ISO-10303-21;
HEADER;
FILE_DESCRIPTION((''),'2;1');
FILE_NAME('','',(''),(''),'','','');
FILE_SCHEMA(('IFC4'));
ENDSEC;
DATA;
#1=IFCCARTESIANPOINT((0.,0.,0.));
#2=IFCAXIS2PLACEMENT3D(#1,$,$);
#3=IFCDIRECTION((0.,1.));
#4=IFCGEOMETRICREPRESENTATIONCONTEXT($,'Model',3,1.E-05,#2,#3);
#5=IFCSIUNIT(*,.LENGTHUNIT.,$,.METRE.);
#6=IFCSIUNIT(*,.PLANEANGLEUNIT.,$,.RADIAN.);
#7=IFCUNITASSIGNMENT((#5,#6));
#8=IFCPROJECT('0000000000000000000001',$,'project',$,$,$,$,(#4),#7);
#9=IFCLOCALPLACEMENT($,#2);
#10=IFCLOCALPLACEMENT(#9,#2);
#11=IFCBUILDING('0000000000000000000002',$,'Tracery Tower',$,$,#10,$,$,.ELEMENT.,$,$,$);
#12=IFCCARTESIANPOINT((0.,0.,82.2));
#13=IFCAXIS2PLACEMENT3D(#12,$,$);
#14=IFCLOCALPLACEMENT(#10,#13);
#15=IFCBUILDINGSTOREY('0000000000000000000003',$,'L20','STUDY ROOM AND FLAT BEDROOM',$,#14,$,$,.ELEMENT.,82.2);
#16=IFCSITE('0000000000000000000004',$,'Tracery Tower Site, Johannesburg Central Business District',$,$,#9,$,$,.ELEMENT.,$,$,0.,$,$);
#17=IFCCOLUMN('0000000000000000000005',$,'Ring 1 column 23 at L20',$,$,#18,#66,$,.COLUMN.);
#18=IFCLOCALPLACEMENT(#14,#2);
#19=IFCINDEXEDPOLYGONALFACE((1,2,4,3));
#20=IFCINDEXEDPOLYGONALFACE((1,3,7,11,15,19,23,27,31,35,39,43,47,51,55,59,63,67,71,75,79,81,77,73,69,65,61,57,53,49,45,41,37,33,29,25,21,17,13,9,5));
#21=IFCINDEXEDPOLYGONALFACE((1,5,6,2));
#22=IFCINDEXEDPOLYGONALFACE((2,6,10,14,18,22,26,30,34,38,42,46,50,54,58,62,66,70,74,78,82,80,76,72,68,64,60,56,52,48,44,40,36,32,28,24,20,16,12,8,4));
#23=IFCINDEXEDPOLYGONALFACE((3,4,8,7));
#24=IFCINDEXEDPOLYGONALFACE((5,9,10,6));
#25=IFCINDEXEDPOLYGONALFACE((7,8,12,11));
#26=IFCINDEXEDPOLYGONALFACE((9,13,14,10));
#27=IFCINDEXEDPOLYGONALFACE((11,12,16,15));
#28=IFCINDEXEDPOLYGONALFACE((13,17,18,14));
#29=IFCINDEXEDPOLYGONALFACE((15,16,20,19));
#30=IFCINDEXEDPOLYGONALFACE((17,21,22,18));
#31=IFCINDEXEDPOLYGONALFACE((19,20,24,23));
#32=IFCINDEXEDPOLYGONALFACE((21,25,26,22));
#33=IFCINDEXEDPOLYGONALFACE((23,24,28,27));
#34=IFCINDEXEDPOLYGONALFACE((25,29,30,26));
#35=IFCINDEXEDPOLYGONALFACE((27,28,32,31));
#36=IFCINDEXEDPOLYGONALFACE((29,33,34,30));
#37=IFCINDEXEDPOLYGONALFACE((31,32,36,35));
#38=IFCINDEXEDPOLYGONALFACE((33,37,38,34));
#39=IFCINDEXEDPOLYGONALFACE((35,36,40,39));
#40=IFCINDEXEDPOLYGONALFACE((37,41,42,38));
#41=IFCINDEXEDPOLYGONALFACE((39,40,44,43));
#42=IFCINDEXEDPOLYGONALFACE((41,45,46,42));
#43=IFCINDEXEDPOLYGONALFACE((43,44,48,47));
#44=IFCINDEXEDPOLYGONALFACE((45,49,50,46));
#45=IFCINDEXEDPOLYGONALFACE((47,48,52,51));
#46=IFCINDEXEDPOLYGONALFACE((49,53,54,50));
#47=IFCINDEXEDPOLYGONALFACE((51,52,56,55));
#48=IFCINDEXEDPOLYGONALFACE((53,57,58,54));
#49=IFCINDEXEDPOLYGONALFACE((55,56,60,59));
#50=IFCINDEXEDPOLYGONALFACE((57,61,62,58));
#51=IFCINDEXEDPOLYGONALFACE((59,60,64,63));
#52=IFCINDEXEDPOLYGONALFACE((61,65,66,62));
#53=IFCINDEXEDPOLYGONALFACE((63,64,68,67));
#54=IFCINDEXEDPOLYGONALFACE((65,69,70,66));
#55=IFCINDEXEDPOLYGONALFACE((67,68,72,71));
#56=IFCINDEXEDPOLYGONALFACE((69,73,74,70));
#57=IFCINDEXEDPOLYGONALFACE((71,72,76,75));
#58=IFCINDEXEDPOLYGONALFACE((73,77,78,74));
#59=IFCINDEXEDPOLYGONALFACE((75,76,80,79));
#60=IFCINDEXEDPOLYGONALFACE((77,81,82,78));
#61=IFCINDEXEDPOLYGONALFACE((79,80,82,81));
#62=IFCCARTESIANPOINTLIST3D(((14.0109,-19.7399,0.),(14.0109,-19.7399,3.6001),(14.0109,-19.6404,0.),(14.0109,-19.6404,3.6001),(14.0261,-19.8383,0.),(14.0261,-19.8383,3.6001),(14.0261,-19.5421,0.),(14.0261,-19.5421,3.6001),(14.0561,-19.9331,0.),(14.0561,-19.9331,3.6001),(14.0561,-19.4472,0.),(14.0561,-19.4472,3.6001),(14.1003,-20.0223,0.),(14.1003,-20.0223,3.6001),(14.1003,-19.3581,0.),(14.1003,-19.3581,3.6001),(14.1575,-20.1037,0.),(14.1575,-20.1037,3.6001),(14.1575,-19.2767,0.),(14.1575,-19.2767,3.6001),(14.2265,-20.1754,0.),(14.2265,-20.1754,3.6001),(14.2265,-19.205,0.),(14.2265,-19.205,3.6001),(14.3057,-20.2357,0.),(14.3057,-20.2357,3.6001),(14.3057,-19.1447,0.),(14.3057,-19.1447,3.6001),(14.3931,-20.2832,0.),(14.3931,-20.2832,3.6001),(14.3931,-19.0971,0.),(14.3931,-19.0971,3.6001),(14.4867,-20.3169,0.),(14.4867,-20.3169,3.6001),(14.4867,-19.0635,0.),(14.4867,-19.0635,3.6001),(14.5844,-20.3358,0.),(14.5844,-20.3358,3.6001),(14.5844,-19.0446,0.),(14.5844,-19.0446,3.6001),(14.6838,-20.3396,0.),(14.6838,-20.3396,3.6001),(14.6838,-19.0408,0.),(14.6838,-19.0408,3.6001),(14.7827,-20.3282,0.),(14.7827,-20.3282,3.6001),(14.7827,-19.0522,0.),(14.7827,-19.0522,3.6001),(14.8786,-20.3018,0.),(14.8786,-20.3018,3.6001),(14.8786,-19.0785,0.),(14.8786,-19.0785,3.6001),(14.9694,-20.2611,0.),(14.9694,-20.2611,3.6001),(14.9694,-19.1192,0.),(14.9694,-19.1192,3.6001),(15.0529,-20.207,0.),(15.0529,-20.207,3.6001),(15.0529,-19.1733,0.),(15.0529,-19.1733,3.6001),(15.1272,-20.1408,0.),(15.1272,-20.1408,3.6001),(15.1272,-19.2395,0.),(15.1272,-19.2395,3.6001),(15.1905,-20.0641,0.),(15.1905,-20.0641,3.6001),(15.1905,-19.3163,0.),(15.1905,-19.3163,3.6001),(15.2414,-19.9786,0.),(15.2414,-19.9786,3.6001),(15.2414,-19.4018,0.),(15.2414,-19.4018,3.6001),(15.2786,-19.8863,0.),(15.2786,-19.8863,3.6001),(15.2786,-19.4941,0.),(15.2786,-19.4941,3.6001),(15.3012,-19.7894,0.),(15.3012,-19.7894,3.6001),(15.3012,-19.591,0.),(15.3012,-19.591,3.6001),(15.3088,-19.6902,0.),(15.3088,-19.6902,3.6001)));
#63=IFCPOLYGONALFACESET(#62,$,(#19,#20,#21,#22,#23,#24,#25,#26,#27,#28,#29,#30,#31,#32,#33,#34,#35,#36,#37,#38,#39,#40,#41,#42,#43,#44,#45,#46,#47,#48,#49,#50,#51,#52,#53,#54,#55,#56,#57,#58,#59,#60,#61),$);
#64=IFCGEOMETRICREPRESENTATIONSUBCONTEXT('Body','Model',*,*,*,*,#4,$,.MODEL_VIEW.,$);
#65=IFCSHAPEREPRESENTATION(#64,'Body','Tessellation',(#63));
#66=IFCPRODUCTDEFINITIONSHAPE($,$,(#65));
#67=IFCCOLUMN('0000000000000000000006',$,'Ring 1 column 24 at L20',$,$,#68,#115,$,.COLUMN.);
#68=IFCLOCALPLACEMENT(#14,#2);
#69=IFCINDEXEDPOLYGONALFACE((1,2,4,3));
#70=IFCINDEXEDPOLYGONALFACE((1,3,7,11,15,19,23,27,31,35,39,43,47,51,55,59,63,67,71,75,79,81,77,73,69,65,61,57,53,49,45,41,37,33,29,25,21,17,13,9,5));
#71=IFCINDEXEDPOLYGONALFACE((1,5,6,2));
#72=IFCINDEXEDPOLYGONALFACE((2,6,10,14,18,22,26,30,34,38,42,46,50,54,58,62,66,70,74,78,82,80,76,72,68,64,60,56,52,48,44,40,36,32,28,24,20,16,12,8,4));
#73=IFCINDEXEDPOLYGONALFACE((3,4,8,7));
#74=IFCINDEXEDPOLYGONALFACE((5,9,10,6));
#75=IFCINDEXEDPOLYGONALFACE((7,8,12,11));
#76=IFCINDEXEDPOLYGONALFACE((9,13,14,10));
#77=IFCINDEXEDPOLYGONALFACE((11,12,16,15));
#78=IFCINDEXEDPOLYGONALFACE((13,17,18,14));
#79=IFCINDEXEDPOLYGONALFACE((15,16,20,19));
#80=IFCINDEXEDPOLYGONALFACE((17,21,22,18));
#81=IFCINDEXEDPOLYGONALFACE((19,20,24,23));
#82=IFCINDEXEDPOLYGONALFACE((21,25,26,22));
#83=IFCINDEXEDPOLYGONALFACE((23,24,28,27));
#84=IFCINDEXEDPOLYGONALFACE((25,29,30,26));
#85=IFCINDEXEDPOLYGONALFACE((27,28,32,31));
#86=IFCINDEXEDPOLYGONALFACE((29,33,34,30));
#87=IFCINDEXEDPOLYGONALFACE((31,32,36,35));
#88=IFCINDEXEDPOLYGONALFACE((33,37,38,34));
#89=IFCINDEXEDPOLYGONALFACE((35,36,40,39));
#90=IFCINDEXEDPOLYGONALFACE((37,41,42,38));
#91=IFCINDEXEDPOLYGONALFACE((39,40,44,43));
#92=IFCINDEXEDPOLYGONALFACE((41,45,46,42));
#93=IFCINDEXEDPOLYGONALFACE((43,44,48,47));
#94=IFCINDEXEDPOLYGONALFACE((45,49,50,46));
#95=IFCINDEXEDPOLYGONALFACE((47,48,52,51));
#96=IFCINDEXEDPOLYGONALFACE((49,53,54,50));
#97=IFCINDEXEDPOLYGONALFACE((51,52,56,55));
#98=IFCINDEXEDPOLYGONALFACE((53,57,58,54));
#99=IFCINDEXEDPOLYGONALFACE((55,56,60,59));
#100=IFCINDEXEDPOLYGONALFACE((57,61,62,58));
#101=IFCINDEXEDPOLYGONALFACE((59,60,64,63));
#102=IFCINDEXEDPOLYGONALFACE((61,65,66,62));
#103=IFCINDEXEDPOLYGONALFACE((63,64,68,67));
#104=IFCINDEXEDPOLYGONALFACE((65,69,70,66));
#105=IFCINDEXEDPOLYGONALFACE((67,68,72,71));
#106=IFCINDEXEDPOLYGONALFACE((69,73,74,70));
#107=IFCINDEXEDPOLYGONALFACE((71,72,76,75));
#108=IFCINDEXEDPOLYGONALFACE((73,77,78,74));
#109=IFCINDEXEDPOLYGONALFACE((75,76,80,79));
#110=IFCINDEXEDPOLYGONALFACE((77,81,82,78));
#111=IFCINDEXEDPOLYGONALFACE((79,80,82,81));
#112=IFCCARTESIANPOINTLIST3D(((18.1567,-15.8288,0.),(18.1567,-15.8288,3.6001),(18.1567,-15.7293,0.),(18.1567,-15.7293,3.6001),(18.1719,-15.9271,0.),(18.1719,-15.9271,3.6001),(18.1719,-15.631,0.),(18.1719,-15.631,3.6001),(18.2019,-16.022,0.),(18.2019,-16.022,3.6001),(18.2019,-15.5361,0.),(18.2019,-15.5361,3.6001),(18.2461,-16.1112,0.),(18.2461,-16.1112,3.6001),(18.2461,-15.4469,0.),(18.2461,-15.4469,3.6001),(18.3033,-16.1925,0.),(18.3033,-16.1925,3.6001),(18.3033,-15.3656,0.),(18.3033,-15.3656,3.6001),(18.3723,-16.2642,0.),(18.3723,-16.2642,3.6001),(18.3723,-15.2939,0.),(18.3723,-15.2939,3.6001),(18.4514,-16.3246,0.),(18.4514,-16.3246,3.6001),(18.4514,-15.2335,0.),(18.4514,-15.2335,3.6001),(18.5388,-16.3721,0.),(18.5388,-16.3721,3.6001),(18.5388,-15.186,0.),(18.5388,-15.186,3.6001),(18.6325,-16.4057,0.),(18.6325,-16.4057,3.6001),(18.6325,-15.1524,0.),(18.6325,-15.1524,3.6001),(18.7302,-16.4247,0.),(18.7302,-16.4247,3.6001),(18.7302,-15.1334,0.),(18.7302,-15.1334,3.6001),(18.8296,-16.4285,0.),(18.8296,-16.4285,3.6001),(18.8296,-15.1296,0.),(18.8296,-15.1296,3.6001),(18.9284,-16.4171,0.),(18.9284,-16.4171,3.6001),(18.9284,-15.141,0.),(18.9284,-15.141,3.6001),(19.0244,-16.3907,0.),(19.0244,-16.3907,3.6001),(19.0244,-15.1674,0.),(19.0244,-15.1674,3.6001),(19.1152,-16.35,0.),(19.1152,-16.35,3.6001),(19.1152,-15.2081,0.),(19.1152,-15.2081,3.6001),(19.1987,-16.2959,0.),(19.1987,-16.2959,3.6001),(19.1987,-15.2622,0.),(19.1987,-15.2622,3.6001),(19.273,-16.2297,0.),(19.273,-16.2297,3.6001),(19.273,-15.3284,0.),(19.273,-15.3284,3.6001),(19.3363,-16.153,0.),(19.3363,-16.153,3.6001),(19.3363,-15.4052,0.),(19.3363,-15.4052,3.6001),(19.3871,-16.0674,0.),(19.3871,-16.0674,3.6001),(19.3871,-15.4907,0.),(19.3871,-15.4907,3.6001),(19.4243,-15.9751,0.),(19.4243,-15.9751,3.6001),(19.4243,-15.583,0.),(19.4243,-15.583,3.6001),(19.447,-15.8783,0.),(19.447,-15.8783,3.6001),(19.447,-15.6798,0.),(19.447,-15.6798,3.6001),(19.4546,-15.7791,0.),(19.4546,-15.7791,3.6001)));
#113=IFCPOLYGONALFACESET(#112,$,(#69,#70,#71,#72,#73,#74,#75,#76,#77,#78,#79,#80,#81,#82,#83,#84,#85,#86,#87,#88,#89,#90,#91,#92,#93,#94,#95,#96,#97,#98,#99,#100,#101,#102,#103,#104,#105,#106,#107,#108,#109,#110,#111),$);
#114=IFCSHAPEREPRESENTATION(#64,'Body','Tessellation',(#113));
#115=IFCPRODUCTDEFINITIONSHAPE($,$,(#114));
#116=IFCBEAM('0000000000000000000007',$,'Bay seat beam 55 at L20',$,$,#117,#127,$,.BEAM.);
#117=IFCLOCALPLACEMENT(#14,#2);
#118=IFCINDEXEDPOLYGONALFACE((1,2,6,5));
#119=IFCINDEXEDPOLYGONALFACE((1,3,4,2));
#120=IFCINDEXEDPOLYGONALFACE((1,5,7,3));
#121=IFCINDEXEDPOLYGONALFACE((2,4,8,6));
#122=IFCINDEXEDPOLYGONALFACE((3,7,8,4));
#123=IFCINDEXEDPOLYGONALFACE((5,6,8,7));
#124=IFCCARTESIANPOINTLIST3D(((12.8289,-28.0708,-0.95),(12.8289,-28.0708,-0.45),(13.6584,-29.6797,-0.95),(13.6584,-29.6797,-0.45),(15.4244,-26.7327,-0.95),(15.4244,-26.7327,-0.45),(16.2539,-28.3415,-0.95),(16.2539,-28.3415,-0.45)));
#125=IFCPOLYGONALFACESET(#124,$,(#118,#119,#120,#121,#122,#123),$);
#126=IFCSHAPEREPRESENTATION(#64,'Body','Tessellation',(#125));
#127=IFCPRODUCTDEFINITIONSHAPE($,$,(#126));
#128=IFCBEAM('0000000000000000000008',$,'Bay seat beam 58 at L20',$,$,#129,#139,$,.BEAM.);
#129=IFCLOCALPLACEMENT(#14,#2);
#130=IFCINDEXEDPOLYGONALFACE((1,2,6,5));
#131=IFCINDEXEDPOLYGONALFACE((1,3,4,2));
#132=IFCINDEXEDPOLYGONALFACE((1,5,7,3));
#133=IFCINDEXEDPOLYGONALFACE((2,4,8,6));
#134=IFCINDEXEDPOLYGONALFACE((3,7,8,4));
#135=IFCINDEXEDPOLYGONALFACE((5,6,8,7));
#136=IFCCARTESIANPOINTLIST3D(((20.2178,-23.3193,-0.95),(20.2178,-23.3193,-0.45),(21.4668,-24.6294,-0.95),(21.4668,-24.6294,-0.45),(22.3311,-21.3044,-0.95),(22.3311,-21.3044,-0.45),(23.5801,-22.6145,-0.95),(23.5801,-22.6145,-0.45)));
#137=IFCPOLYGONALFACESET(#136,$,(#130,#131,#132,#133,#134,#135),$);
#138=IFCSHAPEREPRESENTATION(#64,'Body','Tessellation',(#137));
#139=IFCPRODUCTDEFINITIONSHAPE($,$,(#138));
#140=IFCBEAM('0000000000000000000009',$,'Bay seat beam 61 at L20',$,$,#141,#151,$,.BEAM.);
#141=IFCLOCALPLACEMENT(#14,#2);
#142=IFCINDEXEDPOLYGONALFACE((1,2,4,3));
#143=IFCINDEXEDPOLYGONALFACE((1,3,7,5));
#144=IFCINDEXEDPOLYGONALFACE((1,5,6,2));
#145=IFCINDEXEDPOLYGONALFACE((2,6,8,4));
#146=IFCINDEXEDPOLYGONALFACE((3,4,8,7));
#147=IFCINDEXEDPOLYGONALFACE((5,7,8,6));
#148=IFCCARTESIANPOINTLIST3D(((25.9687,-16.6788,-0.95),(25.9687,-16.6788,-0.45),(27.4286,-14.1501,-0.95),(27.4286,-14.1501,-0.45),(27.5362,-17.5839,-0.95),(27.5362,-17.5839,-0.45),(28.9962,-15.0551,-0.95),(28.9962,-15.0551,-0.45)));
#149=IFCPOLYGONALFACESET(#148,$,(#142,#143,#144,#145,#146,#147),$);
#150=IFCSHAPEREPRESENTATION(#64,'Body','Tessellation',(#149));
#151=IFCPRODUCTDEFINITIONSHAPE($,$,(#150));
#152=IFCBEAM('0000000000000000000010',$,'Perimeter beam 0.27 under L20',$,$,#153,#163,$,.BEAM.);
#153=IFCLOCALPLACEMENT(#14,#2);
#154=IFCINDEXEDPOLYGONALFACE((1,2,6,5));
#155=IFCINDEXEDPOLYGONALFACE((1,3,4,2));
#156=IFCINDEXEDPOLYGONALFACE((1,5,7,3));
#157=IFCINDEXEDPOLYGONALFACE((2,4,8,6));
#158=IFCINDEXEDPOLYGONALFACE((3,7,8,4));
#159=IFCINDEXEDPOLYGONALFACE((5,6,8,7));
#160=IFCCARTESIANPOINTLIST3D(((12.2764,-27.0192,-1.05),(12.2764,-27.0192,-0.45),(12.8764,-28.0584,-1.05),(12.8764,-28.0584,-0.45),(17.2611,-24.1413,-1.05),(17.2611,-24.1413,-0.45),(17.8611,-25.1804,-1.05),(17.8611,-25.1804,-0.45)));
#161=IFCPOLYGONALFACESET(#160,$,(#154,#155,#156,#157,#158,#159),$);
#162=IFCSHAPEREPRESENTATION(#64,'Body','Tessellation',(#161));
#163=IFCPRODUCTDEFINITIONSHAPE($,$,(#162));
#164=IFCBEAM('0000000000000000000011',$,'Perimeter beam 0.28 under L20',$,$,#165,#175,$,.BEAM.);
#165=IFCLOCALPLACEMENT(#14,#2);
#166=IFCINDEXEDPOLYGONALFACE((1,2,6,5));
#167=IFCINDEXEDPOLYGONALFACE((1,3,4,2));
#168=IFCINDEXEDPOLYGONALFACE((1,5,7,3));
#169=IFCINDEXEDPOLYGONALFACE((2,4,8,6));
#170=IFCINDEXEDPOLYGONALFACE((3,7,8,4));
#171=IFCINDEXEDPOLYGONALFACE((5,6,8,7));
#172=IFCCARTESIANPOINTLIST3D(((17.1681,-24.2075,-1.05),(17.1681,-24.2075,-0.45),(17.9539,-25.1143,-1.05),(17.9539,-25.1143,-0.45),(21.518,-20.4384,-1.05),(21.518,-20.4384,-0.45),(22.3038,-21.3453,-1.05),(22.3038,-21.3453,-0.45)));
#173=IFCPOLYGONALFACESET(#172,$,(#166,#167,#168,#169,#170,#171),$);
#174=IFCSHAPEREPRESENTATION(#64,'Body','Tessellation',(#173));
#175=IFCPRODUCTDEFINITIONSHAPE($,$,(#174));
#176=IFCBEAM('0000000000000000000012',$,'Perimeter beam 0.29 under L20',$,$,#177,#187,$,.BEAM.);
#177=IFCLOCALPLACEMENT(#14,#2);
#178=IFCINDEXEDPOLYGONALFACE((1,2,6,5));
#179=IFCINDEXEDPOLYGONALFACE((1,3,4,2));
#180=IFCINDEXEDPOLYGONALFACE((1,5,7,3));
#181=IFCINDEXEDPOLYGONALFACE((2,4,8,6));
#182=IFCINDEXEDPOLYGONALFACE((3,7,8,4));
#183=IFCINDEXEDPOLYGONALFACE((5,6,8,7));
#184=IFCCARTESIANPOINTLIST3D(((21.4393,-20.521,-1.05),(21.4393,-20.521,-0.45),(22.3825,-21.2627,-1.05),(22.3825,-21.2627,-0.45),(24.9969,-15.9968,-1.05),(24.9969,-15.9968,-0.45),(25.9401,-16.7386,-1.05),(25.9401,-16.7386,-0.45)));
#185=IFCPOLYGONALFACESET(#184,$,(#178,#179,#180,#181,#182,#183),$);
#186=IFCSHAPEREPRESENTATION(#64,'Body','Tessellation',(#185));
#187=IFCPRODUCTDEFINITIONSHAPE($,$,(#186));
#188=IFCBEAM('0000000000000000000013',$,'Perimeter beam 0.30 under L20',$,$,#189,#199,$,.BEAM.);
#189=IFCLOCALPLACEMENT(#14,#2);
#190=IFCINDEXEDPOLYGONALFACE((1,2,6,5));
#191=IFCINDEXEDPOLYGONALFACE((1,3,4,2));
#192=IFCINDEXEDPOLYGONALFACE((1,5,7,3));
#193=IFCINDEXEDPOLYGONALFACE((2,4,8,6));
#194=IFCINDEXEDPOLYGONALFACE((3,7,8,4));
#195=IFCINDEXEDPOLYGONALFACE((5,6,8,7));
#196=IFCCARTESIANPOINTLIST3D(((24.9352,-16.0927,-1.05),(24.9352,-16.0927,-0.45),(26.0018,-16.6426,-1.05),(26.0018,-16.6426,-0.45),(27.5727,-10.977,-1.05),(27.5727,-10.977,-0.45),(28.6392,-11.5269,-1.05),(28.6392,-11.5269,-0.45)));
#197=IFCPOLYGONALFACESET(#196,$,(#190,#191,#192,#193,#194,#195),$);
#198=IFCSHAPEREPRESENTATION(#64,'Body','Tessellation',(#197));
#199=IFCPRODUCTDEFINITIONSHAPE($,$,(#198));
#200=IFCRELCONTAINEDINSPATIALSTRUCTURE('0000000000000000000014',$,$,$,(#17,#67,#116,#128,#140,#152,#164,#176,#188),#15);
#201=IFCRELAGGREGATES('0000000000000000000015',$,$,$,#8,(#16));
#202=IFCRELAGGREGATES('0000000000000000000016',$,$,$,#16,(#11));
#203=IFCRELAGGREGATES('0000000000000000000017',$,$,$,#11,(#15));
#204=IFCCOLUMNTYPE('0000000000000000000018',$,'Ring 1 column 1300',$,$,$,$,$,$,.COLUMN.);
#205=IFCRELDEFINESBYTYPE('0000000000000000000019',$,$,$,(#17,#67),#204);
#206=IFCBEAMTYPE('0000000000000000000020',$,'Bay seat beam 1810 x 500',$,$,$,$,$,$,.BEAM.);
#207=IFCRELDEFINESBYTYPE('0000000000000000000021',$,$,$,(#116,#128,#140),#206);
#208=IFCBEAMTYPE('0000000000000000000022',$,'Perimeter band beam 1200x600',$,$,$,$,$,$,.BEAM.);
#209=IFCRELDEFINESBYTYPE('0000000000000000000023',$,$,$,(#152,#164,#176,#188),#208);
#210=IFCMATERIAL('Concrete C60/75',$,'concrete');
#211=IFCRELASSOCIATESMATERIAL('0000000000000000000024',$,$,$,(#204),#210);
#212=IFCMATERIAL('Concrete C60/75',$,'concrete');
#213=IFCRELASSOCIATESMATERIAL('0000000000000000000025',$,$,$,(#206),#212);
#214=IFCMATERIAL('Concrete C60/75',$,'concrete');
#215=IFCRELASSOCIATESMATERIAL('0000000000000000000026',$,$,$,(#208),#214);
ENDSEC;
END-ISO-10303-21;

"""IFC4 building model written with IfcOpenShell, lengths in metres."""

from ifc_helpers import new_model, si_unit, direction, frame, origin, origin_2d, place, context, subcontext, project, spatial, rectangle, circle, extrude, material, material_profile, profile_set, type_object, element, save


model = new_model("IFC4")

# Units and contexts
model_context = context("Model", 3, precision=1e-05, world=origin(), true_north=direction((0.0, 1.0)))
body_context = subcontext(model_context, "Body", "Model", "MODEL_VIEW")
ifc_project = project(units=[si_unit("LENGTHUNIT", "METRE"), si_unit("PLANEANGLEUNIT", "RADIAN")], contexts=[model_context])

# Site, building, storey
site_placement = place(None, origin())
site = spatial("IfcSite", under=ifc_project, at=site_placement, Name="Tracery Tower Site, Johannesburg Central Business District", CompositionType="ELEMENT", RefElevation=0.0)
building_placement = place(site_placement, origin())
building = spatial("IfcBuilding", under=site, at=building_placement, Name="Tracery Tower", CompositionType="ELEMENT")
storey_placement = place(building_placement, frame((0.0, 0.0, 82.2)))
storey = spatial("IfcBuildingStorey", under=building, at=storey_placement, Name="L20", Description="STUDY ROOM AND FLAT BEDROOM", CompositionType="ELEMENT", Elevation=82.2)

# Columns
ifc_material_1 = material(Name="Concrete C60/75", Category="concrete")
ifc_material_profile_1 = material_profile(ifc_material_1, circle(Radius=0.6499, at=origin_2d()), Name="RC D1300")
ifc_profile_set_1 = profile_set([ifc_material_profile_1], Name="Concrete C60/75")
column_type_1 = type_object("IfcColumnType", Name="Ring 1 column 1300", PredefinedType="COLUMN", material=ifc_profile_set_1)
for number, where, z_axis, x_axis, name in (
    (1, (14.6589, -19.6902, 0.0), (0.0, 0.0, 1.0), (1.0, 0.0, 0.0), "Ring 1 column 23 at L20"),
    (2, (18.8047, -15.7791, 0.0), (0.0, 0.0, 1.0), (1.0, 0.0, 0.0), "Ring 1 column 24 at L20"),
):
    element("IfcColumn", number, at=place(storey_placement, frame(where, z_axis=z_axis, x_axis=x_axis)), inside=storey, type_object=column_type_1, Name=name, PredefinedType="COLUMN", context=body_context, shape_type="SweptSolid", body=[
        extrude(circle(Radius=0.6499, at=origin_2d()), origin(), (0.0, 0.0, 1.0), 3.6001),
    ])

# Beams
ifc_material_2 = material(Name="Concrete C60/75", Category="concrete")
ifc_material_profile_2 = material_profile(ifc_material_2, rectangle(XDim=1.8101, YDim=0.5, at=origin_2d()), Name="RC 1810x500")
ifc_profile_set_2 = profile_set([ifc_material_profile_2], Name="Concrete C60/75")
beam_type_1 = type_object("IfcBeamType", Name="Bay seat beam 1810 x 500", PredefinedType="BEAM", material=ifc_profile_set_2)
beam_1_placement = place(storey_placement, frame((13.2437, -28.8752, -0.7), z_axis=(0.888824, 0.458249, 0.0), x_axis=(-0.458249, 0.888824, 0.0)))
element("IfcBeam", 3, at=beam_1_placement, inside=storey, type_object=beam_type_1, Name="Bay seat beam 55 at L20", PredefinedType="BEAM", context=body_context, shape_type="SweptSolid", body=[
    extrude(rectangle(XDim=1.8101, YDim=0.5, at=origin_2d()), origin(), (0.0, 0.0, 1.0), 2.9202),
])
for number, where, z_axis, x_axis, name in (
    (4, (20.8423, -23.9744, -0.7), (0.723754, 0.690058, 0.0), (-0.690058, 0.723754, 0.0), "Bay seat beam 58 at L20"),
    (5, (26.7524, -17.1313, -0.7), (0.499988, 0.866032, 0.0), (-0.866032, 0.499988, 0.0), "Bay seat beam 61 at L20"),
):
    element("IfcBeam", number, at=place(storey_placement, frame(where, z_axis=z_axis, x_axis=x_axis)), inside=storey, type_object=beam_type_1, Name=name, PredefinedType="BEAM", context=body_context, shape_type="SweptSolid", body=[
        extrude(rectangle(XDim=1.8101, YDim=0.5, at=origin_2d()), origin(), (0.0, 0.0, 1.0), 2.9199),
    ])
ifc_material_3 = material(Name="Concrete C60/75", Category="concrete")
ifc_material_profile_3 = material_profile(ifc_material_3, rectangle(XDim=1.2, YDim=0.6001, at=origin_2d()), Name="RC 1200x600")
ifc_profile_set_3 = profile_set([ifc_material_profile_3], Name="Concrete C60/75")
beam_type_2 = type_object("IfcBeamType", Name="Perimeter band beam 1200x600", PredefinedType="BEAM", material=ifc_profile_set_3)
beam_2_placement = place(storey_placement, frame((12.5764, -27.5388, -0.75), z_axis=(0.866021, 0.500008, 0.0), x_axis=(-0.500008, 0.866021, 0.0)))
element("IfcBeam", 6, at=beam_2_placement, inside=storey, type_object=beam_type_2, Name="Perimeter beam 0.27 under L20", PredefinedType="BEAM", context=body_context, shape_type="SweptSolid", body=[
    extrude(rectangle(XDim=1.2, YDim=0.6001, at=origin_2d()), origin(), (0.0, 0.0, 1.0), 5.7559),
])
beam_3_placement = place(storey_placement, frame((17.561, -24.6609, -0.75), z_axis=(0.75576, 0.654848, 0.0), x_axis=(-0.654848, 0.75576, 0.0)))
element("IfcBeam", 7, at=beam_3_placement, inside=storey, type_object=beam_type_2, Name="Perimeter beam 0.28 under L20", PredefinedType="BEAM", context=body_context, shape_type="SweptSolid", body=[
    extrude(rectangle(XDim=1.2, YDim=0.6001, at=origin_2d()), origin(), (0.0, 0.0, 1.0), 5.7556),
])
beam_4_placement = place(storey_placement, frame((21.9109, -20.8918, -0.75), z_axis=(0.618134, 0.786072, 0.0), x_axis=(-0.786072, 0.618134, 0.0)))
element("IfcBeam", 8, at=beam_4_placement, inside=storey, type_object=beam_type_2, Name="Perimeter beam 0.29 under L20", PredefinedType="BEAM", context=body_context, shape_type="SweptSolid", body=[
    extrude(rectangle(XDim=1.2, YDim=0.6001, at=origin_2d()), origin(), (0.0, 0.0, 1.0), 5.7554),
])
beam_5_placement = place(storey_placement, frame((25.4685, -16.3677, -0.75), z_axis=(0.458242, 0.888827, 0.0), x_axis=(-0.888827, 0.458242, 0.0)))
element("IfcBeam", 9, at=beam_5_placement, inside=storey, type_object=beam_type_2, Name="Perimeter beam 0.30 under L20", PredefinedType="BEAM", context=body_context, shape_type="SweptSolid", body=[
    extrude(rectangle(XDim=1.2, YDim=0.6001, at=origin_2d()), origin(), (0.0, 0.0, 1.0), 5.7556),
])

save(model, "model.ifc")
